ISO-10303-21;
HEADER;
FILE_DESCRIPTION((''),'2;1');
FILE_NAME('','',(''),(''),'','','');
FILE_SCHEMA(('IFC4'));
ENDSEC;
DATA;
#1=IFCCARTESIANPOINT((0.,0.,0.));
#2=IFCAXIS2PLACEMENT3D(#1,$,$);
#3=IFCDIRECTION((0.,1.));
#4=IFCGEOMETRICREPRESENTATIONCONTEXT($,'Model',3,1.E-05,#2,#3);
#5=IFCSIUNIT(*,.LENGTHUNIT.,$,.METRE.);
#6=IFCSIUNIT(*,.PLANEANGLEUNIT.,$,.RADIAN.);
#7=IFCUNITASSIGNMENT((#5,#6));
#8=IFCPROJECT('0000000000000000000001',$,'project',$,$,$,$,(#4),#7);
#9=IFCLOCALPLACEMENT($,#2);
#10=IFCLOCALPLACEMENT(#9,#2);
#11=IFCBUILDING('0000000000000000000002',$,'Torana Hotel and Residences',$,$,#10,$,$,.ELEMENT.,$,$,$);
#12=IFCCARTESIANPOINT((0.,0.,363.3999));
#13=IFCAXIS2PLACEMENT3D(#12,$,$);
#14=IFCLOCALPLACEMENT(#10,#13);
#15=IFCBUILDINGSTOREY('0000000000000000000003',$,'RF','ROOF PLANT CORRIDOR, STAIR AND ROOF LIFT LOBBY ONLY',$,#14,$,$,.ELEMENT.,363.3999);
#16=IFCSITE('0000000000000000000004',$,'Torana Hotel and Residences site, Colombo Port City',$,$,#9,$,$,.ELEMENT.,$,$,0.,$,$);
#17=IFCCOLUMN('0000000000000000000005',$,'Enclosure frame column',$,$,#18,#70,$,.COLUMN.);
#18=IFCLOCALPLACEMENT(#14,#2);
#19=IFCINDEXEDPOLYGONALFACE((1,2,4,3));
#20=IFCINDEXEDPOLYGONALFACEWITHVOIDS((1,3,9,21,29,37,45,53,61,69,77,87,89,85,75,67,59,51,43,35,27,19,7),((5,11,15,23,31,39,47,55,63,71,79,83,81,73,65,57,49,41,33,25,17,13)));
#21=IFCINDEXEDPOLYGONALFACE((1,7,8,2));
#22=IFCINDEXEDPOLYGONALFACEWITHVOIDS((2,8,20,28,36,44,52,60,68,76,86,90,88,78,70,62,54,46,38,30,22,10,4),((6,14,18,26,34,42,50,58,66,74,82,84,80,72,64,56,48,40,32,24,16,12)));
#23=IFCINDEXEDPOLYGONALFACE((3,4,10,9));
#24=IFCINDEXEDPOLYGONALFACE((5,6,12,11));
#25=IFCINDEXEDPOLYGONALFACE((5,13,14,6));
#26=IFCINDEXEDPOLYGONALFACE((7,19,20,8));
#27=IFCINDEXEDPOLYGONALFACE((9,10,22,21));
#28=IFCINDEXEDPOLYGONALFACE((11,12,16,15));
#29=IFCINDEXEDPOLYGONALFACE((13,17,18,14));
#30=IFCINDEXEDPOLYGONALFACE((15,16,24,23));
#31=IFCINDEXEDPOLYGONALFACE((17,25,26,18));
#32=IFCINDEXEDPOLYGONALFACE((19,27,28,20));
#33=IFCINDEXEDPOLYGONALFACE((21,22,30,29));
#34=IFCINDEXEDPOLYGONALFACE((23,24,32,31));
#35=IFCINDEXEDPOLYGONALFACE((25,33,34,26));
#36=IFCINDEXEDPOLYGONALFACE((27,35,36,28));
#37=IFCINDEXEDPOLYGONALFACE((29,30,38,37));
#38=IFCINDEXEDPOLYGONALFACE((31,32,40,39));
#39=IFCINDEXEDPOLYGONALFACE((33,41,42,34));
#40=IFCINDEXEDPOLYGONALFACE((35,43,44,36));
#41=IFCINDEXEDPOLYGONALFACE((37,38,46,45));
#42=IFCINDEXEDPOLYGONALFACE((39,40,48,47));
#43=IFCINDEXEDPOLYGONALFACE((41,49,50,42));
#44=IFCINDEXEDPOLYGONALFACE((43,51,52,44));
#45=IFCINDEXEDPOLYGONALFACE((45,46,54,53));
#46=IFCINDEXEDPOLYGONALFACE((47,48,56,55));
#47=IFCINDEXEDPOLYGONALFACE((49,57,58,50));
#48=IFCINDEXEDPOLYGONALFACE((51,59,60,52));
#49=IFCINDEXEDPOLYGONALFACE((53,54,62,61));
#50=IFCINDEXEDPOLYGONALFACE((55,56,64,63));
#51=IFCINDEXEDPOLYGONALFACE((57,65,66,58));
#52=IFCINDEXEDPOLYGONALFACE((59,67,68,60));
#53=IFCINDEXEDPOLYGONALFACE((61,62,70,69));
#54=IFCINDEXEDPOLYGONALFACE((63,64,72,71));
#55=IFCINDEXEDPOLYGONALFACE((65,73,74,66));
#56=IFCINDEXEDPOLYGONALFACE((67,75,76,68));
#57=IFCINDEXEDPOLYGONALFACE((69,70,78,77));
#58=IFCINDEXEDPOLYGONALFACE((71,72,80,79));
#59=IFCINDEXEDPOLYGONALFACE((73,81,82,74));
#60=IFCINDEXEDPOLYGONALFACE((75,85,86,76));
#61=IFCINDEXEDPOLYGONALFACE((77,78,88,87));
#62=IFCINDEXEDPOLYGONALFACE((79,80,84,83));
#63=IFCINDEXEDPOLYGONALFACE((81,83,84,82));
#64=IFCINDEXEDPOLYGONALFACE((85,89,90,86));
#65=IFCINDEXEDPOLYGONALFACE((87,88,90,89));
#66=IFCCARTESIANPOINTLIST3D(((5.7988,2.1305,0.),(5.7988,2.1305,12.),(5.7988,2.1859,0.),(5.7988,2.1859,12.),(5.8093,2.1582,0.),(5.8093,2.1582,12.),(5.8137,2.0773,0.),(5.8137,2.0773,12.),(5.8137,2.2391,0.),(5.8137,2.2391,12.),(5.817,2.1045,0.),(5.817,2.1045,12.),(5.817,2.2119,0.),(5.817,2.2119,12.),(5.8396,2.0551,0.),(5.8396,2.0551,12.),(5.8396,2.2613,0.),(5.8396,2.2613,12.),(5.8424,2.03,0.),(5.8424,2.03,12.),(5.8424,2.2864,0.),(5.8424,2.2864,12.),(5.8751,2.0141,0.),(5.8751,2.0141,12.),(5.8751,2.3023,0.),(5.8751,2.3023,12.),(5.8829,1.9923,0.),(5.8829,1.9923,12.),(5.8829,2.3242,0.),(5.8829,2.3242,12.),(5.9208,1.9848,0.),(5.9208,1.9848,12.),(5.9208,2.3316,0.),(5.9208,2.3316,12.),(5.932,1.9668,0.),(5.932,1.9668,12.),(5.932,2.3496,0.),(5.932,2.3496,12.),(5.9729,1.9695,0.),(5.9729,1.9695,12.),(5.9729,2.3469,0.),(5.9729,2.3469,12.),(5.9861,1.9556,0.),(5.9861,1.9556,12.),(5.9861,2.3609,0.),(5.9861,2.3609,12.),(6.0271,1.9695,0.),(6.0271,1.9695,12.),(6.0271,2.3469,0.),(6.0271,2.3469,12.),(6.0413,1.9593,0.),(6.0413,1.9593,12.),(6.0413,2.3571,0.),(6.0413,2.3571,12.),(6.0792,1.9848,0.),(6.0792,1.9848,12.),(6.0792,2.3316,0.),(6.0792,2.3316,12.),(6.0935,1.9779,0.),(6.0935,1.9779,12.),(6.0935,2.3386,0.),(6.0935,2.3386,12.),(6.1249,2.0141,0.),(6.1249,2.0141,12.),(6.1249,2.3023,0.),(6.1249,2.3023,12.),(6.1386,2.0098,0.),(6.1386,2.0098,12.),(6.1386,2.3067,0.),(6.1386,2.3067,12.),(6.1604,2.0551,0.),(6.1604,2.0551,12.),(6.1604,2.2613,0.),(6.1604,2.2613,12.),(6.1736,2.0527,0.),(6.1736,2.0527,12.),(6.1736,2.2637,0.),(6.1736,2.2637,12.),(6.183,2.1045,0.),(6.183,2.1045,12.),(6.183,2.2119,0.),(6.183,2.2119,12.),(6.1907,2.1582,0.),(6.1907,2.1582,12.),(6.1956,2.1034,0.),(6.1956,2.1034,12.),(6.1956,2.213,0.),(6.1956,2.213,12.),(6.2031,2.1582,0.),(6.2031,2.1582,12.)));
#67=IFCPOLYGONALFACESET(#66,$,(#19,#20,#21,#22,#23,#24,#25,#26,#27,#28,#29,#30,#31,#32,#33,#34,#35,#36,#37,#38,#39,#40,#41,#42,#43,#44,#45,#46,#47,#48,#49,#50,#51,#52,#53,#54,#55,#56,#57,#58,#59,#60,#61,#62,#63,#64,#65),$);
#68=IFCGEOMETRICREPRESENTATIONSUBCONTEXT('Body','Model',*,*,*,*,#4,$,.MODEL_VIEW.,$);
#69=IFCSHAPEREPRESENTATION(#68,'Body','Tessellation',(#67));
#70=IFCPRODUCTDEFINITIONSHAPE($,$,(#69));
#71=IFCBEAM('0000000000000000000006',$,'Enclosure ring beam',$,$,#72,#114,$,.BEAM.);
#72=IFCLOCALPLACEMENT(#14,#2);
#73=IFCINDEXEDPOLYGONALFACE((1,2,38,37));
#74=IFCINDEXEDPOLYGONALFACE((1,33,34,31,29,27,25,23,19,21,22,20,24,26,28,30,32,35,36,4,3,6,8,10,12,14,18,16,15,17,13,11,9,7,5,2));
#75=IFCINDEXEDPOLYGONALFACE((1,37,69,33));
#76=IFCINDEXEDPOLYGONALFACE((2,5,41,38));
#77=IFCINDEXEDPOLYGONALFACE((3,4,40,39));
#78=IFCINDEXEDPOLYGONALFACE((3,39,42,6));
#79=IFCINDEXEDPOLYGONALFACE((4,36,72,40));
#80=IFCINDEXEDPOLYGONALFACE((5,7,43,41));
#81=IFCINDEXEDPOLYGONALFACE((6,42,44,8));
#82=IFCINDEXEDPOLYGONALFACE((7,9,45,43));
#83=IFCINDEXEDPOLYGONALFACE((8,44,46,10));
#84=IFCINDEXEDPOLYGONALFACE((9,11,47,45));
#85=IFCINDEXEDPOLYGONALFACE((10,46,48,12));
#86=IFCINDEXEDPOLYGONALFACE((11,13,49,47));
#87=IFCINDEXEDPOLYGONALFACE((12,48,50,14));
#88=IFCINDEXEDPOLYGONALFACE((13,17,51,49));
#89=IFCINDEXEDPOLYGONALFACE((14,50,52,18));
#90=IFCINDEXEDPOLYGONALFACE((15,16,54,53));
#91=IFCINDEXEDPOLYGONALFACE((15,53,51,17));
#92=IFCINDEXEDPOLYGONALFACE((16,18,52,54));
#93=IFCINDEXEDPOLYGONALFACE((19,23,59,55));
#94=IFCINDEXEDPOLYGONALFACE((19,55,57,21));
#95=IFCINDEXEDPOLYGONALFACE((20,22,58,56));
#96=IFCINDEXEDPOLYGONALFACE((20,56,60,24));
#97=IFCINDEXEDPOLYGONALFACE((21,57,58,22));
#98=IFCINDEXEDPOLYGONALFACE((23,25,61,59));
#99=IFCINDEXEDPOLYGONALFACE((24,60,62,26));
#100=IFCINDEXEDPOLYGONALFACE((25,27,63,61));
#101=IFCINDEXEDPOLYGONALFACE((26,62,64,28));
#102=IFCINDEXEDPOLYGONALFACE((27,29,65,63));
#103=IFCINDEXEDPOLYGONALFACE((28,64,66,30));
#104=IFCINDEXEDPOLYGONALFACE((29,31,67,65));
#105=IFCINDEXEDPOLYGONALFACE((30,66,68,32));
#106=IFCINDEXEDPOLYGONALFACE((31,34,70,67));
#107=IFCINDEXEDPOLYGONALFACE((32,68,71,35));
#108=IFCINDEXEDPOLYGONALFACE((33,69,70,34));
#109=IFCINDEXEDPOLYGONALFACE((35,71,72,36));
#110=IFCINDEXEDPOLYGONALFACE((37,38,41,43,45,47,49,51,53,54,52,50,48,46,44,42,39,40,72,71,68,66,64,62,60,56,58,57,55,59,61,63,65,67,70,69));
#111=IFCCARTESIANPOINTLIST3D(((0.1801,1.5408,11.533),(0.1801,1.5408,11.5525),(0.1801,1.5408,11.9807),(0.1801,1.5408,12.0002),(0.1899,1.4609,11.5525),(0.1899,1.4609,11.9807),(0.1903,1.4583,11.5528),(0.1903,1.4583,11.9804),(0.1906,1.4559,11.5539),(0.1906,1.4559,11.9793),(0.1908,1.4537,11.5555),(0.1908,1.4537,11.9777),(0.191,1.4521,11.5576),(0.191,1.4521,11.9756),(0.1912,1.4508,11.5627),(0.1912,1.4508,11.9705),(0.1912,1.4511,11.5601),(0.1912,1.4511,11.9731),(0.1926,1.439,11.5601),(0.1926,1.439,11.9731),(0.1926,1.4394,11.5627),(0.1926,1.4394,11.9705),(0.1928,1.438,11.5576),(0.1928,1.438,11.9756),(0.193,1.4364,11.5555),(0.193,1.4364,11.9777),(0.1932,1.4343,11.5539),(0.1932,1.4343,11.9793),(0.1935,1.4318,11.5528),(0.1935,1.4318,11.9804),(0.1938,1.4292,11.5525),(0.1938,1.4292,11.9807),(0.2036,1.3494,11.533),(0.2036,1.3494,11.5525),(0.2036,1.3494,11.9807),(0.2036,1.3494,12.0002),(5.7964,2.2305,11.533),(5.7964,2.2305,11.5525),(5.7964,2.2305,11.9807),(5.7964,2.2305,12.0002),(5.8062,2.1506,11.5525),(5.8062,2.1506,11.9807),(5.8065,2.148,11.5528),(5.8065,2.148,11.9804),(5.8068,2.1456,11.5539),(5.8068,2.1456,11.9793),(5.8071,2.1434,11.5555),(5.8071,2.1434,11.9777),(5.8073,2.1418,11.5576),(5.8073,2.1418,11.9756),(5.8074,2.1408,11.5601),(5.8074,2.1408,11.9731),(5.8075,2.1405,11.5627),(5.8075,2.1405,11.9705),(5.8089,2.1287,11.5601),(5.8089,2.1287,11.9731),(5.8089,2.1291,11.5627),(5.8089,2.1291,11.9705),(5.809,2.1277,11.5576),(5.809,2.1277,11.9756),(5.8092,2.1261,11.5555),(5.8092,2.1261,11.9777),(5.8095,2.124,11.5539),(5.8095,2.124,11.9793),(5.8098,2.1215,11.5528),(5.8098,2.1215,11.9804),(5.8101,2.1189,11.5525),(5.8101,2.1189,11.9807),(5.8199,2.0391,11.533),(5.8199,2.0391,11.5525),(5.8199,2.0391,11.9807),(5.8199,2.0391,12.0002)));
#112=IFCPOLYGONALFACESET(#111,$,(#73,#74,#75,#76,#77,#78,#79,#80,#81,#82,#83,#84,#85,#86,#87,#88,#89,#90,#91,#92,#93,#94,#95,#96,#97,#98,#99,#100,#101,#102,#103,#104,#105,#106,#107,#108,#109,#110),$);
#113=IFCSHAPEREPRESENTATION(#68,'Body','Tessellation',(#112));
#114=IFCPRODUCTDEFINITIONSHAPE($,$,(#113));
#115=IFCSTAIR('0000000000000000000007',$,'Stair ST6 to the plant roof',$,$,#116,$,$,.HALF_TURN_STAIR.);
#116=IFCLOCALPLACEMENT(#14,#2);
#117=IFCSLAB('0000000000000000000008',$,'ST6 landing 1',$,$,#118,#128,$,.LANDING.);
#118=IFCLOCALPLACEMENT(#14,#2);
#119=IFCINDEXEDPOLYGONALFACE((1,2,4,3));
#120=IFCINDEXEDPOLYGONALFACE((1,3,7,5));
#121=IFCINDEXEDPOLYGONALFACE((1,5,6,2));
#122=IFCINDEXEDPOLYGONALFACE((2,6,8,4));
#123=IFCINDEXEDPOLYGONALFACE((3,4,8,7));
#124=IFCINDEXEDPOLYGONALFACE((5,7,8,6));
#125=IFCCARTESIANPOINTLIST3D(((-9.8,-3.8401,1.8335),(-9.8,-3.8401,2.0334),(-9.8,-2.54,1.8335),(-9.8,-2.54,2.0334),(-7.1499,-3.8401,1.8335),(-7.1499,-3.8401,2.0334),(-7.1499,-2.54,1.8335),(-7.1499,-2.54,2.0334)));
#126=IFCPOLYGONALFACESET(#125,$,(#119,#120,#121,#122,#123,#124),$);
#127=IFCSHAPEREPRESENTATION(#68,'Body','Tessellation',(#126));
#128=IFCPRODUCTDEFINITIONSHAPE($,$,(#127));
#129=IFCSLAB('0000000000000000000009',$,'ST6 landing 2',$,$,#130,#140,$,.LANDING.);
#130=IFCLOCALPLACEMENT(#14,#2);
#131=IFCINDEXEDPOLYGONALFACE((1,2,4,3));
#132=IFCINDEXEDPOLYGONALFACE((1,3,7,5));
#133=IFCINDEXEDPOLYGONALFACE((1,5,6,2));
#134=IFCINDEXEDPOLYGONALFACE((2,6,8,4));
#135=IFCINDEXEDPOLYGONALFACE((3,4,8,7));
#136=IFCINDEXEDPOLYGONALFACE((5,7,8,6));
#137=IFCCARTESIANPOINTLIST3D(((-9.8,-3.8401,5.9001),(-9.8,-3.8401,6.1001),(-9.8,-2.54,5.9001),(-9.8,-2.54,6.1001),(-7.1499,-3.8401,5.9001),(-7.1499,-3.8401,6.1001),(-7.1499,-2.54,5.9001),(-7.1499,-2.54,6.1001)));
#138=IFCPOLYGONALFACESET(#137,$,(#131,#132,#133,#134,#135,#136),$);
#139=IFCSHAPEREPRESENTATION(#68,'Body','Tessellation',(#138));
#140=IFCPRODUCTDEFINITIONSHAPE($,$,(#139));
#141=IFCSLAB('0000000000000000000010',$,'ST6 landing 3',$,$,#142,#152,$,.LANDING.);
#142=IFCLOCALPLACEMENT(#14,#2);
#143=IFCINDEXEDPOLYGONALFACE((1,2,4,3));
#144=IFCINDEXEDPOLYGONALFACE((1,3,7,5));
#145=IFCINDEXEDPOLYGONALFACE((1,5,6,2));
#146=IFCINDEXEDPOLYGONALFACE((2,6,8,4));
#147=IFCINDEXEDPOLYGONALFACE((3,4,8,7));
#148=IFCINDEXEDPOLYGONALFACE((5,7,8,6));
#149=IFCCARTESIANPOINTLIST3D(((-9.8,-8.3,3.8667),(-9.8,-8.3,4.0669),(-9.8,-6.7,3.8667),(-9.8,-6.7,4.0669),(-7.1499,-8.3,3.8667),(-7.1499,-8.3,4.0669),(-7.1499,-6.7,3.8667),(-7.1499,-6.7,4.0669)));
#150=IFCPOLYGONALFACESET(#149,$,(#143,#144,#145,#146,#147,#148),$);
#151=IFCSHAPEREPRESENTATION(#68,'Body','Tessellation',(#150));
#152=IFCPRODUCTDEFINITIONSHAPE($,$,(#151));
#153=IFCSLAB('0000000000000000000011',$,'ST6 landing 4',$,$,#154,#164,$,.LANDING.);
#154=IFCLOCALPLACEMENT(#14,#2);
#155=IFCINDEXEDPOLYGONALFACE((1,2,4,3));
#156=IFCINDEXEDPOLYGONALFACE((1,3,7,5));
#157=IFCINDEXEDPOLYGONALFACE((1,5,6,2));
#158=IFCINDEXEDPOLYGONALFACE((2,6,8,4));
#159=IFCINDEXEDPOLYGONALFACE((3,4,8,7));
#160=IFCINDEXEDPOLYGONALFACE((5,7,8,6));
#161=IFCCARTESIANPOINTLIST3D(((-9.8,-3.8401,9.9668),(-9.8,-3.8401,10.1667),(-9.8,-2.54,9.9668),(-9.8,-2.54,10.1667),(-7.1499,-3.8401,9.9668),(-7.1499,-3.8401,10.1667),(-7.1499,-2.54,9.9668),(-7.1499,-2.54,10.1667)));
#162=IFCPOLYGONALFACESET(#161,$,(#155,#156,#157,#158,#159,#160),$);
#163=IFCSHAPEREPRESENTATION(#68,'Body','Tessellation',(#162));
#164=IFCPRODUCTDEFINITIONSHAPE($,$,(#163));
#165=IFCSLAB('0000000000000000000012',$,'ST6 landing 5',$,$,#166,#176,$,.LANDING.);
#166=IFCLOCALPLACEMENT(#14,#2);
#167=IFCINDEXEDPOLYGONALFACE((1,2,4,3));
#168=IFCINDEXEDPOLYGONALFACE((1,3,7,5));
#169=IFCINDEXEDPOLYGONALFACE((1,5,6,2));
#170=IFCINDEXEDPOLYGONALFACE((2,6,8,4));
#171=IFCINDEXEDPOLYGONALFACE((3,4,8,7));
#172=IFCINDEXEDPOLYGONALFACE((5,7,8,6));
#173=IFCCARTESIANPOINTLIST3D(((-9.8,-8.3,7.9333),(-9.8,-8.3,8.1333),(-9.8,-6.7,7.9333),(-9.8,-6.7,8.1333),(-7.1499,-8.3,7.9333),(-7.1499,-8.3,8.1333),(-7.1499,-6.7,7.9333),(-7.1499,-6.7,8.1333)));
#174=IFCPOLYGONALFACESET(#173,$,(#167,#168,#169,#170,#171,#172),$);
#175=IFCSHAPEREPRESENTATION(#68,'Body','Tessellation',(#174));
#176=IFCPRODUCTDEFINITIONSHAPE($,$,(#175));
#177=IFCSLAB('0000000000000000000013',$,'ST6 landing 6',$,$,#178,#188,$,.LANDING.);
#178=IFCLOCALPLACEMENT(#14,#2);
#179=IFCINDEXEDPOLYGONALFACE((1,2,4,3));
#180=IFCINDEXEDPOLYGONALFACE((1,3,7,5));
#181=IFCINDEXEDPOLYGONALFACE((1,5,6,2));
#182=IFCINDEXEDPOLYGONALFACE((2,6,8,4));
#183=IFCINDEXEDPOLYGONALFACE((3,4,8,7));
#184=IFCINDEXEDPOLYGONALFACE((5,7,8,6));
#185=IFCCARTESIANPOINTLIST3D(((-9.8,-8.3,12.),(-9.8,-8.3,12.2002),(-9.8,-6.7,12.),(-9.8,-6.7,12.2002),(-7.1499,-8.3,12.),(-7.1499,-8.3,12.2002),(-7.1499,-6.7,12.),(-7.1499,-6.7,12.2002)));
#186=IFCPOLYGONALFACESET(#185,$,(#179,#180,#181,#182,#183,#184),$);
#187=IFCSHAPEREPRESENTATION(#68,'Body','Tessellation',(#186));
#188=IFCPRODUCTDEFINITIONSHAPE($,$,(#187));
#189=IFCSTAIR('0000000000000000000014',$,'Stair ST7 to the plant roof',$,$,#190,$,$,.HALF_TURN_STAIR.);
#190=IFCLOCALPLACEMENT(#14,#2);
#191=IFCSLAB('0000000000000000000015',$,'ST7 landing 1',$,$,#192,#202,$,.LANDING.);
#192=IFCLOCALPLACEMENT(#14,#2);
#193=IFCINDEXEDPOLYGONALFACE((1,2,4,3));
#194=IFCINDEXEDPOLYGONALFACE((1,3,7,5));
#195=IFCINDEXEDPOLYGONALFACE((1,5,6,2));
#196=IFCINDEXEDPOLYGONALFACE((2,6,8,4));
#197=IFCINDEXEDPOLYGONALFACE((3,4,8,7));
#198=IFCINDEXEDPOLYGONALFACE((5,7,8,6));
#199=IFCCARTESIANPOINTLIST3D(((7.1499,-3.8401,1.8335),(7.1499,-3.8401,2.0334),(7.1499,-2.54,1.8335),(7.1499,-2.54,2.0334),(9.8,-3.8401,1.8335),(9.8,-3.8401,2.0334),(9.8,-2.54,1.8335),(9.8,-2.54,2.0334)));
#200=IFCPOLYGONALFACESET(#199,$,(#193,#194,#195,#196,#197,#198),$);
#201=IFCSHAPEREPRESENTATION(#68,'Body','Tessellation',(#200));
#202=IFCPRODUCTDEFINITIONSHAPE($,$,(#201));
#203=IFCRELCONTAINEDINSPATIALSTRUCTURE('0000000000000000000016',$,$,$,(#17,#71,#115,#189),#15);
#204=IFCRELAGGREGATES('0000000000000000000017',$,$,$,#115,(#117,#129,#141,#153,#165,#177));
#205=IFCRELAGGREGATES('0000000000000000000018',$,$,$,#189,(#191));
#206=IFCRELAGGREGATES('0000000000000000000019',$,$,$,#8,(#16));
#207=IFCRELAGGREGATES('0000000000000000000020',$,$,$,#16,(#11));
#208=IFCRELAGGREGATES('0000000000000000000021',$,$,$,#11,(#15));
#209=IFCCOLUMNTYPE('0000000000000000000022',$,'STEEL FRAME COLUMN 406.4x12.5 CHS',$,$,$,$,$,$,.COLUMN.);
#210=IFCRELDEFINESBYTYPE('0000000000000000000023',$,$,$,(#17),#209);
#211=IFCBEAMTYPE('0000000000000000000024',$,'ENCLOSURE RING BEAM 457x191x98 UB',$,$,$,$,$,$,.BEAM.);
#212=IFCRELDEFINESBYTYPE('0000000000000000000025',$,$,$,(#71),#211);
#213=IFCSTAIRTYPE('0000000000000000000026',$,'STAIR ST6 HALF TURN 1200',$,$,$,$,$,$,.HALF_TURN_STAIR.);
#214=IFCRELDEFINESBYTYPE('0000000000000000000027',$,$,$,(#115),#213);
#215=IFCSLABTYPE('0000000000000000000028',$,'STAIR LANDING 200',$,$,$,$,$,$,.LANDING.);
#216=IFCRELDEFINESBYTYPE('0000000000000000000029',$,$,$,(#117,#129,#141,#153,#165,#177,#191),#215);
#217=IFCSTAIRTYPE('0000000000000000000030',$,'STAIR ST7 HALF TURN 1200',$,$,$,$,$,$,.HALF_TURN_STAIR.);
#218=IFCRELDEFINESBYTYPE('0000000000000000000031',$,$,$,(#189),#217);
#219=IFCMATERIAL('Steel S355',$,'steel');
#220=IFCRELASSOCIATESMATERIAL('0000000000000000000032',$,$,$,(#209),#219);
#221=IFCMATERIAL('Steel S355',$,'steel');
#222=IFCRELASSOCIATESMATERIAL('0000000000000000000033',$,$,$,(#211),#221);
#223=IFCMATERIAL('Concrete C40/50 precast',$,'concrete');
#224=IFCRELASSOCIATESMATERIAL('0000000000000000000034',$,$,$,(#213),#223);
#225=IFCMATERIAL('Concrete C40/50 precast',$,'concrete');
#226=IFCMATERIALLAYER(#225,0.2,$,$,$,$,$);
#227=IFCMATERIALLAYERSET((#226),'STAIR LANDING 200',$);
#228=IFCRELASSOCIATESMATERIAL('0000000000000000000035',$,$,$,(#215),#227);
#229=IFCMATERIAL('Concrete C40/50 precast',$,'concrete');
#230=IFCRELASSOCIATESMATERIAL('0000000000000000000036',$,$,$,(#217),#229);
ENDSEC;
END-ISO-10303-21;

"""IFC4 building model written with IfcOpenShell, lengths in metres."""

from ifc_helpers import new_model, si_unit, direction, frame, origin, origin_2d, place, context, subcontext, project, spatial, polyline, hollow_circle, i_section, outline, extrude, material, layer, layer_set, material_profile, profile_set, type_object, element, aggregate, save


model = new_model("IFC4")

# Units and contexts
model_context = context("Model", 3, precision=1e-05, world=origin(), true_north=direction((0.0, 1.0)))
body_context = subcontext(model_context, "Body", "Model", "MODEL_VIEW")
ifc_project = project(units=[si_unit("LENGTHUNIT", "METRE"), si_unit("PLANEANGLEUNIT", "RADIAN")], contexts=[model_context])

# Site, building, storey
site_placement = place(None, origin())
site = spatial("IfcSite", under=ifc_project, at=site_placement, Name="Torana Hotel and Residences site, Colombo Port City", CompositionType="ELEMENT", RefElevation=0.0)
building_placement = place(site_placement, origin())
building = spatial("IfcBuilding", under=site, at=building_placement, Name="Torana Hotel and Residences", CompositionType="ELEMENT")
storey_placement = place(building_placement, frame((0.0, 0.0, 363.3999)))
storey = spatial("IfcBuildingStorey", under=building, at=storey_placement, Name="RF", Description="ROOF PLANT CORRIDOR, STAIR AND ROOF LIFT LOBBY ONLY", CompositionType="ELEMENT", Elevation=363.3999)

# Column
ifc_material_1 = material(Name="Steel S355", Category="steel")
ifc_material_profile_1 = material_profile(ifc_material_1, hollow_circle(Radius=0.2031, WallThickness=0.0125, at=origin_2d()), Name="406.4x12.5 CHS")
ifc_profile_set_1 = profile_set([ifc_material_profile_1], Name="Steel S355")
column_type = type_object("IfcColumnType", Name="STEEL FRAME COLUMN 406.4x12.5 CHS", PredefinedType="COLUMN", material=ifc_profile_set_1)
column_placement = place(storey_placement, frame((6.0, 2.1582, 0.0), z_axis=(0.0, 0.0, 1.0), x_axis=(1.0, 0.0, 0.0)))
element("IfcColumn", 1, at=column_placement, inside=storey, type_object=column_type, Name="Enclosure frame column", PredefinedType="COLUMN", context=body_context, shape_type="SweptSolid", body=[
    extrude(hollow_circle(Radius=0.2031, WallThickness=0.0125, at=origin_2d()), origin(), (0.0, 0.0, 1.0), 12.0),
])

# Beam
ifc_material_2 = material(Name="Steel S355", Category="steel")
ifc_material_profile_2 = material_profile(ifc_material_2, i_section(OverallWidth=0.1929, OverallDepth=0.4673, WebThickness=0.0115, FlangeThickness=0.0195, FilletRadius=0.0103, at=origin_2d()), Name="457x191x98 UB")
ifc_profile_set_2 = profile_set([ifc_material_profile_2], Name="Steel S355")
beam_type = type_object("IfcBeamType", Name="ENCLOSURE RING BEAM 457x191x98 UB", PredefinedType="BEAM", material=ifc_profile_set_2)
beam_placement = place(storey_placement, frame((0.1919, 1.4451, 11.7666), z_axis=(0.992544, 0.121889, 0.0), x_axis=(-0.121889, 0.992544, 0.0)))
element("IfcBeam", 2, at=beam_placement, inside=storey, type_object=beam_type, Name="Enclosure ring beam", PredefinedType="BEAM", context=body_context, shape_type="SweptSolid", body=[
    extrude(i_section(OverallWidth=0.1929, OverallDepth=0.4673, WebThickness=0.0115, FlangeThickness=0.0195, FilletRadius=0.0103, at=origin_2d()), origin(), (0.0, 0.0, 1.0), 5.6584),
])

# Stairs, slabs
ifc_material_3 = material(Name="Concrete C40/50 precast", Category="concrete")
stair_type_1 = type_object("IfcStairType", Name="STAIR ST6 HALF TURN 1200", PredefinedType="HALF_TURN_STAIR", material=ifc_material_3)
stair_1_placement = place(storey_placement, origin())
stair_1 = element("IfcStair", 3, at=stair_1_placement, inside=storey, type_object=stair_type_1, Name="Stair ST6 to the plant roof", PredefinedType="HALF_TURN_STAIR")
ifc_material_4 = material(Name="Concrete C40/50 precast", Category="concrete")
ifc_layer_1 = layer(ifc_material_4, 0.2)
ifc_layer_set_1 = layer_set([ifc_layer_1], Name="STAIR LANDING 200")
slab_type = type_object("IfcSlabType", Name="STAIR LANDING 200", PredefinedType="LANDING", material=ifc_layer_set_1)
slab_1_placement = place(storey_placement, frame((0.0, 0.0, 1.8335)))
slab_1 = element("IfcSlab", 4, at=slab_1_placement, type_object=slab_type, Name="ST6 landing 1", PredefinedType="LANDING", context=body_context, shape_type="SweptSolid", body=[
    extrude(outline(polyline([(-9.8, -3.8401), (-7.1499, -3.8401), (-7.1499, -2.54), (-9.8, -2.54), (-9.8, -3.8401)])), origin(), (0.0, 0.0, 1.0), 0.2),
])
slab_2_placement = place(storey_placement, frame((0.0, 0.0, 5.9001)))
slab_2 = element("IfcSlab", 5, at=slab_2_placement, type_object=slab_type, Name="ST6 landing 2", PredefinedType="LANDING", context=body_context, shape_type="SweptSolid", body=[
    extrude(outline(polyline([(-9.8, -3.8401), (-7.1499, -3.8401), (-7.1499, -2.54), (-9.8, -2.54), (-9.8, -3.8401)])), origin(), (0.0, 0.0, 1.0), 0.2),
])
slab_3_placement = place(storey_placement, frame((0.0, 0.0, 3.8667)))
slab_3 = element("IfcSlab", 6, at=slab_3_placement, type_object=slab_type, Name="ST6 landing 3", PredefinedType="LANDING", context=body_context, shape_type="SweptSolid", body=[
    extrude(outline(polyline([(-9.8, -8.3), (-7.1499, -8.3), (-7.1499, -6.7), (-9.8, -6.7), (-9.8, -8.3)])), origin(), (0.0, 0.0, 1.0), 0.2002),
])
slab_4_placement = place(storey_placement, frame((0.0, 0.0, 9.9668)))
slab_4 = element("IfcSlab", 7, at=slab_4_placement, type_object=slab_type, Name="ST6 landing 4", PredefinedType="LANDING", context=body_context, shape_type="SweptSolid", body=[
    extrude(outline(polyline([(-9.8, -3.8401), (-7.1499, -3.8401), (-7.1499, -2.54), (-9.8, -2.54), (-9.8, -3.8401)])), origin(), (0.0, 0.0, 1.0), 0.2),
])
slab_5_placement = place(storey_placement, frame((0.0, 0.0, 7.9333)))
slab_5 = element("IfcSlab", 8, at=slab_5_placement, type_object=slab_type, Name="ST6 landing 5", PredefinedType="LANDING", context=body_context, shape_type="SweptSolid", body=[
    extrude(outline(polyline([(-9.8, -8.3), (-7.1499, -8.3), (-7.1499, -6.7), (-9.8, -6.7), (-9.8, -8.3)])), origin(), (0.0, 0.0, 1.0), 0.2),
])
slab_6_placement = place(storey_placement, frame((0.0, 0.0, 12.0)))
slab_6 = element("IfcSlab", 9, at=slab_6_placement, type_object=slab_type, Name="ST6 landing 6", PredefinedType="LANDING", context=body_context, shape_type="SweptSolid", body=[
    extrude(outline(polyline([(-9.8, -8.3), (-7.1499, -8.3), (-7.1499, -6.7), (-9.8, -6.7), (-9.8, -8.3)])), origin(), (0.0, 0.0, 1.0), 0.2002),
])
aggregate(stair_1, [slab_1, slab_2, slab_3, slab_4, slab_5, slab_6])
ifc_material_5 = material(Name="Concrete C40/50 precast", Category="concrete")
stair_type_2 = type_object("IfcStairType", Name="STAIR ST7 HALF TURN 1200", PredefinedType="HALF_TURN_STAIR", material=ifc_material_5)
stair_2_placement = place(storey_placement, origin())
stair_2 = element("IfcStair", 10, at=stair_2_placement, inside=storey, type_object=stair_type_2, Name="Stair ST7 to the plant roof", PredefinedType="HALF_TURN_STAIR")
slab_7_placement = place(storey_placement, frame((0.0, 0.0, 1.8335)))
slab_7 = element("IfcSlab", 11, at=slab_7_placement, type_object=slab_type, Name="ST7 landing 1", PredefinedType="LANDING", context=body_context, shape_type="SweptSolid", body=[
    extrude(outline(polyline([(7.1499, -3.8401), (9.8, -3.8401), (9.8, -2.54), (7.1499, -2.54), (7.1499, -3.8401)])), origin(), (0.0, 0.0, 1.0), 0.2),
])
aggregate(stair_2, [slab_7])

save(model, "model.ifc")
